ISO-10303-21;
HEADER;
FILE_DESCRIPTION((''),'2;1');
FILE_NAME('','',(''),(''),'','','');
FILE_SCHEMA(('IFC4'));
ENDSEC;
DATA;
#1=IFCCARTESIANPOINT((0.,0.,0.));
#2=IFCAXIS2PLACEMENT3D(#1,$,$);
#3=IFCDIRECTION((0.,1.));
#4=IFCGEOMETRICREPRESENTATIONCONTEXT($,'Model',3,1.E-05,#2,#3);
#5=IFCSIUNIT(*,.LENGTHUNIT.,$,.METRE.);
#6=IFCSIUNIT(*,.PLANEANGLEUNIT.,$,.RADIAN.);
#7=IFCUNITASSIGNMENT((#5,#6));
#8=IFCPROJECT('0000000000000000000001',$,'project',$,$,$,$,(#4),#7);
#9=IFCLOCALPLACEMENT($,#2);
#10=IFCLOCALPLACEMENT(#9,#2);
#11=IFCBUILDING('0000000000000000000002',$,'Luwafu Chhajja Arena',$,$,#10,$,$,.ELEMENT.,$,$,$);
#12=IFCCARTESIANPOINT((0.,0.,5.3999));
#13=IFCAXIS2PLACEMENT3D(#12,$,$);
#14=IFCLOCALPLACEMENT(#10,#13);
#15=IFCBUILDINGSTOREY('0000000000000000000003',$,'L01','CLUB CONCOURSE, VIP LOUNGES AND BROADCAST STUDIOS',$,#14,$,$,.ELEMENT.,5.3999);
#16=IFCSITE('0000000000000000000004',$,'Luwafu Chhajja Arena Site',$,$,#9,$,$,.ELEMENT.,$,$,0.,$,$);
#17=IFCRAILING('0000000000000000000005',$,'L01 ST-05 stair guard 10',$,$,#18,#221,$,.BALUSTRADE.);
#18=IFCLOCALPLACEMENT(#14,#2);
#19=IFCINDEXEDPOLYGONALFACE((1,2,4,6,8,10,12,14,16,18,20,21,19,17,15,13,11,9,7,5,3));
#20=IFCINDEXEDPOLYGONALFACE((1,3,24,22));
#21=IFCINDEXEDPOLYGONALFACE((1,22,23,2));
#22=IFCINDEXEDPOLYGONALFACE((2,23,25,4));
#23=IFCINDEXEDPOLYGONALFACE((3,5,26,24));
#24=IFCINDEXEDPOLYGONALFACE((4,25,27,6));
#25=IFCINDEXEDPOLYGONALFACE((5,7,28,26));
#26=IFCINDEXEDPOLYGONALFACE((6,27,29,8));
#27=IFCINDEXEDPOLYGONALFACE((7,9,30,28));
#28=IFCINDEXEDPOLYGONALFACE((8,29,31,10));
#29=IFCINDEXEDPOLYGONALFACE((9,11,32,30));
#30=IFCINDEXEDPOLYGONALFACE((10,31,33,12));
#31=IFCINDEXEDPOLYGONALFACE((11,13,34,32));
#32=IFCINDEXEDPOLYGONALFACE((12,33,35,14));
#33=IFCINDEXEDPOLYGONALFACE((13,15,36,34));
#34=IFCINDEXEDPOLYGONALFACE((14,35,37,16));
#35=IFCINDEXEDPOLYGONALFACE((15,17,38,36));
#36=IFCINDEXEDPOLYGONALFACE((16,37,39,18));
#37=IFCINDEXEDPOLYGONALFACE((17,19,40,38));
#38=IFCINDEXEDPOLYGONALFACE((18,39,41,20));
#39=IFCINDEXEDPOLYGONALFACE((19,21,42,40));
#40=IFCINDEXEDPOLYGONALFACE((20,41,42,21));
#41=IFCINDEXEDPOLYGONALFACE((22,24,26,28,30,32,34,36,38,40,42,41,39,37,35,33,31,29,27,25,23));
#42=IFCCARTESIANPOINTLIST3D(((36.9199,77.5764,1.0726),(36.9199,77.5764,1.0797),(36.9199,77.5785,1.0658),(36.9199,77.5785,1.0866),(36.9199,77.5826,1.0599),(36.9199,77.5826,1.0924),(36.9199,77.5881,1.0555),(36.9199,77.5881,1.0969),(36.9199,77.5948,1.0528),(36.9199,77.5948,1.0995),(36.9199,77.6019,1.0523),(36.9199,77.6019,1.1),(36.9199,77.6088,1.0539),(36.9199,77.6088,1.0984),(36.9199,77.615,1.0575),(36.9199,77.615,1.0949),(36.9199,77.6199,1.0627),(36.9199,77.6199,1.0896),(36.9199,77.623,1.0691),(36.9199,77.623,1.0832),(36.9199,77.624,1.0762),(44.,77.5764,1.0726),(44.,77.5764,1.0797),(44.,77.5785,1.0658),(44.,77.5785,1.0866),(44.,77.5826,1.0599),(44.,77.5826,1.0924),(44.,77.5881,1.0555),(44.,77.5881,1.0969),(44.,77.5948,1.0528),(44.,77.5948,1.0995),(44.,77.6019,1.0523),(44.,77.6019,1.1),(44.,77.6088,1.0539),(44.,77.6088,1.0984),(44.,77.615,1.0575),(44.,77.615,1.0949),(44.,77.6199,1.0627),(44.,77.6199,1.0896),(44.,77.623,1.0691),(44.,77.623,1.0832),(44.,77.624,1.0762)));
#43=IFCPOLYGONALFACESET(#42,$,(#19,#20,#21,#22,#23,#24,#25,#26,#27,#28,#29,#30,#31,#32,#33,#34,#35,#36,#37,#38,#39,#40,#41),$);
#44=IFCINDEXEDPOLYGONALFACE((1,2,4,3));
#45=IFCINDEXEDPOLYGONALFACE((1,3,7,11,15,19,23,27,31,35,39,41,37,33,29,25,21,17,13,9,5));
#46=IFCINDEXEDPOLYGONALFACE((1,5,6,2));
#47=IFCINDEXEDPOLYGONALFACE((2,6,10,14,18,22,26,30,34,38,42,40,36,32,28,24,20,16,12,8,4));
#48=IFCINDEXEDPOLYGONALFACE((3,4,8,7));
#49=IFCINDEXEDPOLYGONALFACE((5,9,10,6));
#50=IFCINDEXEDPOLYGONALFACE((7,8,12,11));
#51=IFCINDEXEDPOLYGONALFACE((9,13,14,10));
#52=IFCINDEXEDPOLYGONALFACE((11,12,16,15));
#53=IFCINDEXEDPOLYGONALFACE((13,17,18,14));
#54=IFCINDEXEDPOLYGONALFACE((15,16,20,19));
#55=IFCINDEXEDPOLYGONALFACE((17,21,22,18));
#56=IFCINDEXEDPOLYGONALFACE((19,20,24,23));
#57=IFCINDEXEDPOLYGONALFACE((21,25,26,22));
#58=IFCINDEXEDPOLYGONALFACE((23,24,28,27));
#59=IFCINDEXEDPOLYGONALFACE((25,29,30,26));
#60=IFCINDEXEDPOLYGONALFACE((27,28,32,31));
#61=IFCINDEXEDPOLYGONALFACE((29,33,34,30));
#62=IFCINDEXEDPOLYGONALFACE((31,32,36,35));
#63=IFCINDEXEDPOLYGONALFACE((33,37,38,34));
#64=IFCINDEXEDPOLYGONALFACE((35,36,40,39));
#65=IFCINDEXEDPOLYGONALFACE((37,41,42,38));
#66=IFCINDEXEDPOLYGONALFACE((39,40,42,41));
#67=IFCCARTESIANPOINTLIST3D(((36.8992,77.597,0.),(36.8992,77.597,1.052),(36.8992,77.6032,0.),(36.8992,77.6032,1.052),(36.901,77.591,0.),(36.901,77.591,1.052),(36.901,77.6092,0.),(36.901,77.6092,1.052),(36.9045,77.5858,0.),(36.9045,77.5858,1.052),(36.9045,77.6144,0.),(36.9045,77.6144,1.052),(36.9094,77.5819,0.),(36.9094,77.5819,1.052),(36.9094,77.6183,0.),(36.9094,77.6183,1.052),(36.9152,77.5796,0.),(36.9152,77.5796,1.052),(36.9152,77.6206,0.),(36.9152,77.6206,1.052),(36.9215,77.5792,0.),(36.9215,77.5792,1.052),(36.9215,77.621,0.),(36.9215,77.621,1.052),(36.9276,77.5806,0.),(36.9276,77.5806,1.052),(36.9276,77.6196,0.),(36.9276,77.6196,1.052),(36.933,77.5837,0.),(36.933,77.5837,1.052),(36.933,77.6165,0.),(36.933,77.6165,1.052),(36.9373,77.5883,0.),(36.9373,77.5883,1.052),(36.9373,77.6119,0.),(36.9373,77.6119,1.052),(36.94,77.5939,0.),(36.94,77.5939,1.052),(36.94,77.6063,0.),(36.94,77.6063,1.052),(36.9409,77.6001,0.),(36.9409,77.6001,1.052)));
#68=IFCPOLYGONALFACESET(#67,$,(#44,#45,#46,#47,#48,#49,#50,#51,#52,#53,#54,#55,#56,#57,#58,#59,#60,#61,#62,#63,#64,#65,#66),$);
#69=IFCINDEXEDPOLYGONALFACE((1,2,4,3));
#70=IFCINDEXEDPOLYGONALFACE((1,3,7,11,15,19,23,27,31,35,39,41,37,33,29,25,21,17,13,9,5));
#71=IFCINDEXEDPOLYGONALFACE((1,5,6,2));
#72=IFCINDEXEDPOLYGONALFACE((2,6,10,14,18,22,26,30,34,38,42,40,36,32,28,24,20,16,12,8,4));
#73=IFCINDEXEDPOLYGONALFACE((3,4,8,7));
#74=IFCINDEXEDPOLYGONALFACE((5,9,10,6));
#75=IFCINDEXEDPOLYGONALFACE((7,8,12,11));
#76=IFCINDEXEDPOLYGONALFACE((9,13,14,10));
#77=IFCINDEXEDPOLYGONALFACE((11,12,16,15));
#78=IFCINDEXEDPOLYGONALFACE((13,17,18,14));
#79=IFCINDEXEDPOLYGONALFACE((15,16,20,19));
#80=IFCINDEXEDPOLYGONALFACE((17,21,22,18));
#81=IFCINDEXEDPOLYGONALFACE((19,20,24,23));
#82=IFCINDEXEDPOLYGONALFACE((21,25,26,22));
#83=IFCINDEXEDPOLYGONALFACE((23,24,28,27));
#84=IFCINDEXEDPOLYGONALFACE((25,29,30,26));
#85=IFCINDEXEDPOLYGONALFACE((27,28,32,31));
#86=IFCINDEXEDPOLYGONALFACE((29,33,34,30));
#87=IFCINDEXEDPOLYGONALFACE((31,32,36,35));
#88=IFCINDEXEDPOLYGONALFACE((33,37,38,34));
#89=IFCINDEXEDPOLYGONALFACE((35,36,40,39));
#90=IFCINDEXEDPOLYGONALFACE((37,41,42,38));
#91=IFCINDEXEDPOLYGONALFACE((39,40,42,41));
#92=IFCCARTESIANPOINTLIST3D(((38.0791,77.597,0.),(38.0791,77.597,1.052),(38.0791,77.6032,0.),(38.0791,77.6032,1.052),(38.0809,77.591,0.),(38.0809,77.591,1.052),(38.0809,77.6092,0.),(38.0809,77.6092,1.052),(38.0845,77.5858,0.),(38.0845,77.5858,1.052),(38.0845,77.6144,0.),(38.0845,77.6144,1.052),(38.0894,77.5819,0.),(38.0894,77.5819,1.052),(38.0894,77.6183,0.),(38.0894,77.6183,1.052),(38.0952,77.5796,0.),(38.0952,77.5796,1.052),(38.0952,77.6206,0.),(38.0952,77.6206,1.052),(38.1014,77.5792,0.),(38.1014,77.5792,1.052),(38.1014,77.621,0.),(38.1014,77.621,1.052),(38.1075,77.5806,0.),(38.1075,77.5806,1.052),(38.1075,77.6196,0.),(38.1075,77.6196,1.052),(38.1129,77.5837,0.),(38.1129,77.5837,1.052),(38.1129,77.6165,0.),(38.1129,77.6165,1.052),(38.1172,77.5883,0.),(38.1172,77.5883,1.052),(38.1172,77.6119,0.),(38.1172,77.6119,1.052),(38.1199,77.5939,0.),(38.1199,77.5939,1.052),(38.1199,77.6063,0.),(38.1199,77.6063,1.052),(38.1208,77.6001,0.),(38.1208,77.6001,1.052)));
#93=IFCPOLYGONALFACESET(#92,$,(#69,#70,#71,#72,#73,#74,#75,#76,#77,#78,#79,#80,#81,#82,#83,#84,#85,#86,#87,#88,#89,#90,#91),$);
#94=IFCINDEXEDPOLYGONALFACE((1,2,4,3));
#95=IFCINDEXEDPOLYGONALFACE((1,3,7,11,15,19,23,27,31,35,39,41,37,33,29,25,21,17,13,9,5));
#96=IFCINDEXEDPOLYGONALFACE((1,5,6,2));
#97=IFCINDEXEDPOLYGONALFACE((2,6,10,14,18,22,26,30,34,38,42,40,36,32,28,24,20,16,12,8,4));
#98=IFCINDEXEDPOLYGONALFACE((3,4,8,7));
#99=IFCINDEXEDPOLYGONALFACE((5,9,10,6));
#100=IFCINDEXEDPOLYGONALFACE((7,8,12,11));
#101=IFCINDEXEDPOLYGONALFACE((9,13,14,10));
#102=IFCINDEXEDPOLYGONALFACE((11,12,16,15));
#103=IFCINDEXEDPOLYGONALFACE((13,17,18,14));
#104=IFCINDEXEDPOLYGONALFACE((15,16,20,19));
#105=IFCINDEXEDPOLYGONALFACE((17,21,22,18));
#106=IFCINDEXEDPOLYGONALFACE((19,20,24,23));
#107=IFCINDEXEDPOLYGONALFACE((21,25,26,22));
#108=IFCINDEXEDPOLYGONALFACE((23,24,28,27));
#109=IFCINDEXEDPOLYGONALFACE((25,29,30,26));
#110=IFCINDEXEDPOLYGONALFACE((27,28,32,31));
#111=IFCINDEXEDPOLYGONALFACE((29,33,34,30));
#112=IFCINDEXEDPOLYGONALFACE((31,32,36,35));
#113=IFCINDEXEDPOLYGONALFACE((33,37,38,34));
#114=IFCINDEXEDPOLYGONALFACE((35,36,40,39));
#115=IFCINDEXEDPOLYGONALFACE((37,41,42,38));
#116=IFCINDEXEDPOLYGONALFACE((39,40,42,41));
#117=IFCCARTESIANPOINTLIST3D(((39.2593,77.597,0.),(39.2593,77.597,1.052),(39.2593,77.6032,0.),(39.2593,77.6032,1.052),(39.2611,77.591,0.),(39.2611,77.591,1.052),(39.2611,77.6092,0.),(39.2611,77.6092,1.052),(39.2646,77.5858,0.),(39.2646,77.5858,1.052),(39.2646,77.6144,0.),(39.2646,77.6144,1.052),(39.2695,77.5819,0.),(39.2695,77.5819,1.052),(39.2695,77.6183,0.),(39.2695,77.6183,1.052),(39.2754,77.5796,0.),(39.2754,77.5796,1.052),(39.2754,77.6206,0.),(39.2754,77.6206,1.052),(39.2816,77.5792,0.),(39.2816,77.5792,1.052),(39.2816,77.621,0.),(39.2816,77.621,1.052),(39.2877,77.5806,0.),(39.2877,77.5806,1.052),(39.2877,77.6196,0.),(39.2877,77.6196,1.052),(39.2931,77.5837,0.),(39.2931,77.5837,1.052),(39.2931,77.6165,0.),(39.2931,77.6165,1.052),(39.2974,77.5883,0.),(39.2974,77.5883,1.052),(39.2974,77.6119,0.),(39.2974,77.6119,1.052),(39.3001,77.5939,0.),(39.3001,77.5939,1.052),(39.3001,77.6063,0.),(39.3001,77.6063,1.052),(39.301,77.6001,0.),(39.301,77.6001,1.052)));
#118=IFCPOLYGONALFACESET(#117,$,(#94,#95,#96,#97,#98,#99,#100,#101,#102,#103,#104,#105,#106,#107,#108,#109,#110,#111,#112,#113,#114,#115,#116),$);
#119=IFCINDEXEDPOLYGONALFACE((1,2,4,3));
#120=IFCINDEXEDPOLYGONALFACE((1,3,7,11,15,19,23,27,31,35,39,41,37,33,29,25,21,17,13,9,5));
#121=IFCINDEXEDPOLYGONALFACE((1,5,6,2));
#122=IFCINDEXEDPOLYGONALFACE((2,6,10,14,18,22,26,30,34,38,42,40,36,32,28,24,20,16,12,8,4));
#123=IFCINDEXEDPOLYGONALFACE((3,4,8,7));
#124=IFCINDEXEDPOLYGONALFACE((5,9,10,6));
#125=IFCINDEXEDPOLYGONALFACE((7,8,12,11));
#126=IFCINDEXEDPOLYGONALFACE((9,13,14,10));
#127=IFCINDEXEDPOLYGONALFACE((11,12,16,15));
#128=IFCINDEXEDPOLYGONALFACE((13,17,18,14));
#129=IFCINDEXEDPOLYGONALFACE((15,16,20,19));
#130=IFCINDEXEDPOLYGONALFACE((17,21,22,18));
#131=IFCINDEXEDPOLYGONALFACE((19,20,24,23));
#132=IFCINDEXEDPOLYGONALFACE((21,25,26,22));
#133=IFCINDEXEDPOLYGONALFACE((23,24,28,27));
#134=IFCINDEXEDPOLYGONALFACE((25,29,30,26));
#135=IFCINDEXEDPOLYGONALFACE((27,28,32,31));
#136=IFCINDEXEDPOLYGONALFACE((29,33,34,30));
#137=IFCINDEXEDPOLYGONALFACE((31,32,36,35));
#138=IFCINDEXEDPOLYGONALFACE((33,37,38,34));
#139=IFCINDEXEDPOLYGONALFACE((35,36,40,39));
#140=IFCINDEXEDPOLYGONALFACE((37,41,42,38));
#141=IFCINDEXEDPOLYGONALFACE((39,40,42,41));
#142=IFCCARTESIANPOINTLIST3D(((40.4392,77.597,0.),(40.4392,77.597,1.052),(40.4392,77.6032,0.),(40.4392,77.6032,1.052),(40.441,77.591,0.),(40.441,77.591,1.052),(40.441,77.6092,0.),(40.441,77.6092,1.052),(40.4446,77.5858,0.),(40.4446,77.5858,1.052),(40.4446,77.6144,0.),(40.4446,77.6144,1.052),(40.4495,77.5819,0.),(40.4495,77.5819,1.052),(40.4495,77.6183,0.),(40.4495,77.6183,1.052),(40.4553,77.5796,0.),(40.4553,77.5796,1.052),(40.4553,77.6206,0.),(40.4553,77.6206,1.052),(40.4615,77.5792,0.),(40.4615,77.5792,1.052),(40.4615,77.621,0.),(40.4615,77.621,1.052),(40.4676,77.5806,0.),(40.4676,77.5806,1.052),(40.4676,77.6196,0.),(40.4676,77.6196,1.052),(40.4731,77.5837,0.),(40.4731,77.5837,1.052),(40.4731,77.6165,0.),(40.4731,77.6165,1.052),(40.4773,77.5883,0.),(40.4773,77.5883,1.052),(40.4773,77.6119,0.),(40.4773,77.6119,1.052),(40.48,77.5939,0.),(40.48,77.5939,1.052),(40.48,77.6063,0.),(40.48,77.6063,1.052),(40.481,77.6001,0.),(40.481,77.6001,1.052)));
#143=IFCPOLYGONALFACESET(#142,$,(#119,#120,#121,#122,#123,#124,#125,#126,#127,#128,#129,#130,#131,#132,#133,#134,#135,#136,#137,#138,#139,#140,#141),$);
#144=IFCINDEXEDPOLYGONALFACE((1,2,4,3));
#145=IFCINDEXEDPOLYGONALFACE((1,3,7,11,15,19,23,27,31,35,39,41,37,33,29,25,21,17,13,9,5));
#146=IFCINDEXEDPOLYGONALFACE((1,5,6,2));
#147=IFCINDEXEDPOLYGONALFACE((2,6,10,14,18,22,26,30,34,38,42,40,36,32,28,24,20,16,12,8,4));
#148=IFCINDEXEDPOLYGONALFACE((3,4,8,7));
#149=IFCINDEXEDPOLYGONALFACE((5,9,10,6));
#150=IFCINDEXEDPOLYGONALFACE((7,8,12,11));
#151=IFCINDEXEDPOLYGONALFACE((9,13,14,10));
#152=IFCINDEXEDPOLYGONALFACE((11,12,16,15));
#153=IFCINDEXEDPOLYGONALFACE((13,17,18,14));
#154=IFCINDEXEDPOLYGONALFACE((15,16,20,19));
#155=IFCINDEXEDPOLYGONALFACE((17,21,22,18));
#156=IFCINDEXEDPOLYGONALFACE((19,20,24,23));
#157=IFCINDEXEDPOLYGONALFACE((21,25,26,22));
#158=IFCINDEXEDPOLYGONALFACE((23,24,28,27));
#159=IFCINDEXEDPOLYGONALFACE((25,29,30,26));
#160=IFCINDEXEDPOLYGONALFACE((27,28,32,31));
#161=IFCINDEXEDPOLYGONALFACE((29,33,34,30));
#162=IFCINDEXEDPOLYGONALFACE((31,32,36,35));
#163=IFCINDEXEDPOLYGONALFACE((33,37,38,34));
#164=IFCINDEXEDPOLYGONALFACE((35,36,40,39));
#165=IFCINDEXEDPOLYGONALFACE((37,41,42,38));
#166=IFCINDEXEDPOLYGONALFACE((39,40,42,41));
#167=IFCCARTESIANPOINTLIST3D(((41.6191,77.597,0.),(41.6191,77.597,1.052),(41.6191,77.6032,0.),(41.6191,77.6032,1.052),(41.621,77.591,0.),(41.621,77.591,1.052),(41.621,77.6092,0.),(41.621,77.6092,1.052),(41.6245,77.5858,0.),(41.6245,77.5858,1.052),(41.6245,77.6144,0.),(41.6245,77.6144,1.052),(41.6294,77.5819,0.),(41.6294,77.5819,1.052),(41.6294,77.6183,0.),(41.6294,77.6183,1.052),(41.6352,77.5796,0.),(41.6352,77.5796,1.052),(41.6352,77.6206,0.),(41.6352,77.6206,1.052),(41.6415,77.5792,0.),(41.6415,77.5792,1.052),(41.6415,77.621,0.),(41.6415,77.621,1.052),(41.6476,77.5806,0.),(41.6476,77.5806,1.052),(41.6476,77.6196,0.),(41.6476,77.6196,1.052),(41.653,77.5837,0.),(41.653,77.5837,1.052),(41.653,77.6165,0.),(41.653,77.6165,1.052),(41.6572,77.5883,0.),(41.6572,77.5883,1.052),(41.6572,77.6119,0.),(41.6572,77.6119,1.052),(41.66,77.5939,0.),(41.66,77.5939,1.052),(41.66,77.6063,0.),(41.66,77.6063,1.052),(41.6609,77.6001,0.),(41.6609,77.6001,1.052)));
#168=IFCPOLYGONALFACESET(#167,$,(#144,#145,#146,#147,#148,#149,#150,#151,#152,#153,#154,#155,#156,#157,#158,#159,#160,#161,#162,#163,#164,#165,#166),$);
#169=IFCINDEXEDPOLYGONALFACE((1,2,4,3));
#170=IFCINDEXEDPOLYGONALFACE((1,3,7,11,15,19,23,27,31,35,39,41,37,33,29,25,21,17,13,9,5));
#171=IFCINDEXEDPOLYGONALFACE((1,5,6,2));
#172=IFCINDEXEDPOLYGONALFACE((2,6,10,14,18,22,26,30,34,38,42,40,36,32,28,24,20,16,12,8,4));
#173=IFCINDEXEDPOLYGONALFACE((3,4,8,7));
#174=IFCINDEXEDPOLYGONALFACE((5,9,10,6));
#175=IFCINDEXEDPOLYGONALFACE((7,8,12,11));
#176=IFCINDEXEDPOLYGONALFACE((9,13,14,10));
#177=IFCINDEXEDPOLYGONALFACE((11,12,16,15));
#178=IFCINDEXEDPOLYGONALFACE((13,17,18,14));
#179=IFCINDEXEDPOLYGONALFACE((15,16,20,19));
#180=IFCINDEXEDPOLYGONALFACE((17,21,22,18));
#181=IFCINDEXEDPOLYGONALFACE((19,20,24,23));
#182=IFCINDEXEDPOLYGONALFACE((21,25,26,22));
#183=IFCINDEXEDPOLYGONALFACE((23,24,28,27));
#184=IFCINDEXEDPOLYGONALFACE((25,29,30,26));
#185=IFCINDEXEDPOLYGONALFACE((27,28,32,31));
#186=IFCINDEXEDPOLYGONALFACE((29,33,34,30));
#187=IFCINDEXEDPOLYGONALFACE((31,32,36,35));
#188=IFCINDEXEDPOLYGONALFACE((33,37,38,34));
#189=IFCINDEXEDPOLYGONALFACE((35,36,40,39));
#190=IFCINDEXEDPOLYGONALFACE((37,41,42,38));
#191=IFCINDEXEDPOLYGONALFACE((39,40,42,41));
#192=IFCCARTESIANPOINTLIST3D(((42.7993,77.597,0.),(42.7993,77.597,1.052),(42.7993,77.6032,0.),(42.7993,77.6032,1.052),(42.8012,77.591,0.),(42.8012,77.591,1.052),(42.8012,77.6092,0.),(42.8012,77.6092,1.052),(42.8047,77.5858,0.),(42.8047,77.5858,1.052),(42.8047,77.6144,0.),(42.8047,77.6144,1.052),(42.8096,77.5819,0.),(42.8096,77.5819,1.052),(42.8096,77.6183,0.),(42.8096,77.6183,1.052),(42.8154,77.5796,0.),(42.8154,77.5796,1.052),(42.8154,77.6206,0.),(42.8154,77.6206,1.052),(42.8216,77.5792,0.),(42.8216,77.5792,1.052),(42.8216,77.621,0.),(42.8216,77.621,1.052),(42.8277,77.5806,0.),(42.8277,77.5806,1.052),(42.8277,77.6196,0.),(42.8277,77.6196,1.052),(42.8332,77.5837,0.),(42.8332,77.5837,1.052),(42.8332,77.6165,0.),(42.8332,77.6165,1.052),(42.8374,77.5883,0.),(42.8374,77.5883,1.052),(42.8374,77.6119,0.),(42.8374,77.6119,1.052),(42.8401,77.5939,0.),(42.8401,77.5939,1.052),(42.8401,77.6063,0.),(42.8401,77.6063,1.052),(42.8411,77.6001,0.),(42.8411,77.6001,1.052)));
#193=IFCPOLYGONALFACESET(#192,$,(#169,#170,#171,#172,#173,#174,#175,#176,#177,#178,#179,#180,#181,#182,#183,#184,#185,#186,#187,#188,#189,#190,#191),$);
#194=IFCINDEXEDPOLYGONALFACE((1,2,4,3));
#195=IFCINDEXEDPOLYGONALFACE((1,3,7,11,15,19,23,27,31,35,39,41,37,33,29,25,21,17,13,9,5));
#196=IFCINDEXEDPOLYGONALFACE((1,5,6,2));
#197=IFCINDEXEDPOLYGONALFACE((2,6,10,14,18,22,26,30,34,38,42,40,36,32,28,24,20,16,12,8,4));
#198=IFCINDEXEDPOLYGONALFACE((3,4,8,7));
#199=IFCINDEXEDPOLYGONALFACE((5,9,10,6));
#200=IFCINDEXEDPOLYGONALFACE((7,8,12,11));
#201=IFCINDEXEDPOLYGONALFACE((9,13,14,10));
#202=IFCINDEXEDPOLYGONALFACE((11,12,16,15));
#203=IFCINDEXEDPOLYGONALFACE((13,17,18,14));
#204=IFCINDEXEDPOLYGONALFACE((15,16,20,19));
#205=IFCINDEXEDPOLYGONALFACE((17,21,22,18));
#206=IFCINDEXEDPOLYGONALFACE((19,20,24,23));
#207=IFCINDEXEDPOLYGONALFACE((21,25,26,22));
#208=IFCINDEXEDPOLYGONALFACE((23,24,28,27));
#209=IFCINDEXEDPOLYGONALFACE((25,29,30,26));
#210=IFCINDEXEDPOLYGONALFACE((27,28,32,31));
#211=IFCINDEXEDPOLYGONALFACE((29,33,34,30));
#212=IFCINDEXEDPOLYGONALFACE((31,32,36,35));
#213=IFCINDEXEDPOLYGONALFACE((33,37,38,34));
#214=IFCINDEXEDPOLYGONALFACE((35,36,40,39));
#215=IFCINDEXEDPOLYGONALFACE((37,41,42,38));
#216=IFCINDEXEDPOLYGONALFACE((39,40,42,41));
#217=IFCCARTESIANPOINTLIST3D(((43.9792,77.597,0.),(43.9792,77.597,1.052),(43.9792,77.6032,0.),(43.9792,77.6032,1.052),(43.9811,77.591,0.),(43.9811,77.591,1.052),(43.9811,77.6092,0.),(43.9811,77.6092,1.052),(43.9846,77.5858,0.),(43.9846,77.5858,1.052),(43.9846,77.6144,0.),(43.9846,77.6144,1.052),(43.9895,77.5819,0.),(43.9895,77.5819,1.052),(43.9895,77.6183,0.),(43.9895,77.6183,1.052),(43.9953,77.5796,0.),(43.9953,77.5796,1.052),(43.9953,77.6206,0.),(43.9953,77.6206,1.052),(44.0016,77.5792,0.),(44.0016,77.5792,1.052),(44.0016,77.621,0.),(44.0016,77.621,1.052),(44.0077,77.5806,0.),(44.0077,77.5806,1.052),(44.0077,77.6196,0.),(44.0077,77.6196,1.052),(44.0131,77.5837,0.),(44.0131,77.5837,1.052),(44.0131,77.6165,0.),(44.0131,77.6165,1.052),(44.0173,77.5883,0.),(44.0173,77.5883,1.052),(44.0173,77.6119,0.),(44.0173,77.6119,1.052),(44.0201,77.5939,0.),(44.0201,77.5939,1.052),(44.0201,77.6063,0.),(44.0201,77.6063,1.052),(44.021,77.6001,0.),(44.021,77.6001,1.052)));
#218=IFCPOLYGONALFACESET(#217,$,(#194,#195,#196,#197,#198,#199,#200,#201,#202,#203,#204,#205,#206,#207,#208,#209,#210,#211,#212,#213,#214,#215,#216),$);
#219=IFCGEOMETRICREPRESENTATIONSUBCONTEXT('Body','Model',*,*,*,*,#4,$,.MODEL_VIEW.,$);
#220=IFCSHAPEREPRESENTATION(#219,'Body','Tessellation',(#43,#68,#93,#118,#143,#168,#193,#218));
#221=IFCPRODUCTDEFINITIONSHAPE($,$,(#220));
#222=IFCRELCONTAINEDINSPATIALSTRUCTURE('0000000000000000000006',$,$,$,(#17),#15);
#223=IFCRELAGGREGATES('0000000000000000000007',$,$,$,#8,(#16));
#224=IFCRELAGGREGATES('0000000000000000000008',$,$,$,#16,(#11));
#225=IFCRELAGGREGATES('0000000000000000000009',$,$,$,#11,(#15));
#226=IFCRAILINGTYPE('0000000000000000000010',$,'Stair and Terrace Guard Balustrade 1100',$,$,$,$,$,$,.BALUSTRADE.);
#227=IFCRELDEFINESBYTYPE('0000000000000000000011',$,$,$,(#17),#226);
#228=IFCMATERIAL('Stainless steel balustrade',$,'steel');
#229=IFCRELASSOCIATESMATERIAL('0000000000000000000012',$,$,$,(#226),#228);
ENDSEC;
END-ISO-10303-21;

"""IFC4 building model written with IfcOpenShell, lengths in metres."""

from ifc_helpers import new_model, si_unit, direction, frame, origin, origin_2d, place, context, subcontext, project, spatial, circle, extrude, material, type_object, element, save


model = new_model("IFC4")

# Units and contexts
model_context = context("Model", 3, precision=1e-05, world=origin(), true_north=direction((0.0, 1.0)))
body_context = subcontext(model_context, "Body", "Model", "MODEL_VIEW")
ifc_project = project(units=[si_unit("LENGTHUNIT", "METRE"), si_unit("PLANEANGLEUNIT", "RADIAN")], contexts=[model_context])

# Site, building, storey
site_placement = place(None, origin())
site = spatial("IfcSite", under=ifc_project, at=site_placement, Name="Luwafu Chhajja Arena Site", CompositionType="ELEMENT", RefElevation=0.0)
building_placement = place(site_placement, origin())
building = spatial("IfcBuilding", under=site, at=building_placement, Name="Luwafu Chhajja Arena", CompositionType="ELEMENT")
storey_placement = place(building_placement, frame((0.0, 0.0, 5.3999)))
storey = spatial("IfcBuildingStorey", under=building, at=storey_placement, Name="L01", Description="CLUB CONCOURSE, VIP LOUNGES AND BROADCAST STUDIOS", CompositionType="ELEMENT", Elevation=5.3999)

# Railing
ifc_material_1 = material(Name="Stainless steel balustrade", Category="steel")
railing_type_1 = type_object("IfcRailingType", Name="Stair and Terrace Guard Balustrade 1100", PredefinedType="BALUSTRADE", material=ifc_material_1)
railing_1_placement = place(storey_placement, frame((36.9199, 77.6001, 0.0)))
element("IfcRailing", 1, at=railing_1_placement, inside=storey, type_object=railing_type_1, Name="L01 ST-05 stair guard 10", PredefinedType="BALUSTRADE", context=body_context, shape_type="SweptSolid", body=[
    extrude(circle(Radius=0.0239, at=origin_2d()), frame((0.0, 0.0, 1.0762), z_axis=(1.0, 0.0, 0.0), x_axis=(0.0, 1.0, 0.0)), (0.0, 0.0, 1.0), 7.0801),
    extrude(circle(Radius=0.021, at=origin_2d()), origin(), (0.0, 0.0, 1.0), 1.052),
    extrude(circle(Radius=0.021, at=origin_2d()), frame((1.1799, 0.0, 0.0)), (0.0, 0.0, 1.0), 1.052),
    extrude(circle(Radius=0.021, at=origin_2d()), frame((2.3601, 0.0, 0.0)), (0.0, 0.0, 1.0), 1.052),
    extrude(circle(Radius=0.021, at=origin_2d()), frame((3.54, 0.0, 0.0)), (0.0, 0.0, 1.0), 1.052),
    extrude(circle(Radius=0.021, at=origin_2d()), frame((4.72, 0.0, 0.0)), (0.0, 0.0, 1.0), 1.052),
    extrude(circle(Radius=0.021, at=origin_2d()), frame((5.9001, 0.0, 0.0)), (0.0, 0.0, 1.0), 1.052),
    extrude(circle(Radius=0.021, at=origin_2d()), frame((7.0801, 0.0, 0.0)), (0.0, 0.0, 1.0), 1.052),
])

save(model, "model.ifc")
